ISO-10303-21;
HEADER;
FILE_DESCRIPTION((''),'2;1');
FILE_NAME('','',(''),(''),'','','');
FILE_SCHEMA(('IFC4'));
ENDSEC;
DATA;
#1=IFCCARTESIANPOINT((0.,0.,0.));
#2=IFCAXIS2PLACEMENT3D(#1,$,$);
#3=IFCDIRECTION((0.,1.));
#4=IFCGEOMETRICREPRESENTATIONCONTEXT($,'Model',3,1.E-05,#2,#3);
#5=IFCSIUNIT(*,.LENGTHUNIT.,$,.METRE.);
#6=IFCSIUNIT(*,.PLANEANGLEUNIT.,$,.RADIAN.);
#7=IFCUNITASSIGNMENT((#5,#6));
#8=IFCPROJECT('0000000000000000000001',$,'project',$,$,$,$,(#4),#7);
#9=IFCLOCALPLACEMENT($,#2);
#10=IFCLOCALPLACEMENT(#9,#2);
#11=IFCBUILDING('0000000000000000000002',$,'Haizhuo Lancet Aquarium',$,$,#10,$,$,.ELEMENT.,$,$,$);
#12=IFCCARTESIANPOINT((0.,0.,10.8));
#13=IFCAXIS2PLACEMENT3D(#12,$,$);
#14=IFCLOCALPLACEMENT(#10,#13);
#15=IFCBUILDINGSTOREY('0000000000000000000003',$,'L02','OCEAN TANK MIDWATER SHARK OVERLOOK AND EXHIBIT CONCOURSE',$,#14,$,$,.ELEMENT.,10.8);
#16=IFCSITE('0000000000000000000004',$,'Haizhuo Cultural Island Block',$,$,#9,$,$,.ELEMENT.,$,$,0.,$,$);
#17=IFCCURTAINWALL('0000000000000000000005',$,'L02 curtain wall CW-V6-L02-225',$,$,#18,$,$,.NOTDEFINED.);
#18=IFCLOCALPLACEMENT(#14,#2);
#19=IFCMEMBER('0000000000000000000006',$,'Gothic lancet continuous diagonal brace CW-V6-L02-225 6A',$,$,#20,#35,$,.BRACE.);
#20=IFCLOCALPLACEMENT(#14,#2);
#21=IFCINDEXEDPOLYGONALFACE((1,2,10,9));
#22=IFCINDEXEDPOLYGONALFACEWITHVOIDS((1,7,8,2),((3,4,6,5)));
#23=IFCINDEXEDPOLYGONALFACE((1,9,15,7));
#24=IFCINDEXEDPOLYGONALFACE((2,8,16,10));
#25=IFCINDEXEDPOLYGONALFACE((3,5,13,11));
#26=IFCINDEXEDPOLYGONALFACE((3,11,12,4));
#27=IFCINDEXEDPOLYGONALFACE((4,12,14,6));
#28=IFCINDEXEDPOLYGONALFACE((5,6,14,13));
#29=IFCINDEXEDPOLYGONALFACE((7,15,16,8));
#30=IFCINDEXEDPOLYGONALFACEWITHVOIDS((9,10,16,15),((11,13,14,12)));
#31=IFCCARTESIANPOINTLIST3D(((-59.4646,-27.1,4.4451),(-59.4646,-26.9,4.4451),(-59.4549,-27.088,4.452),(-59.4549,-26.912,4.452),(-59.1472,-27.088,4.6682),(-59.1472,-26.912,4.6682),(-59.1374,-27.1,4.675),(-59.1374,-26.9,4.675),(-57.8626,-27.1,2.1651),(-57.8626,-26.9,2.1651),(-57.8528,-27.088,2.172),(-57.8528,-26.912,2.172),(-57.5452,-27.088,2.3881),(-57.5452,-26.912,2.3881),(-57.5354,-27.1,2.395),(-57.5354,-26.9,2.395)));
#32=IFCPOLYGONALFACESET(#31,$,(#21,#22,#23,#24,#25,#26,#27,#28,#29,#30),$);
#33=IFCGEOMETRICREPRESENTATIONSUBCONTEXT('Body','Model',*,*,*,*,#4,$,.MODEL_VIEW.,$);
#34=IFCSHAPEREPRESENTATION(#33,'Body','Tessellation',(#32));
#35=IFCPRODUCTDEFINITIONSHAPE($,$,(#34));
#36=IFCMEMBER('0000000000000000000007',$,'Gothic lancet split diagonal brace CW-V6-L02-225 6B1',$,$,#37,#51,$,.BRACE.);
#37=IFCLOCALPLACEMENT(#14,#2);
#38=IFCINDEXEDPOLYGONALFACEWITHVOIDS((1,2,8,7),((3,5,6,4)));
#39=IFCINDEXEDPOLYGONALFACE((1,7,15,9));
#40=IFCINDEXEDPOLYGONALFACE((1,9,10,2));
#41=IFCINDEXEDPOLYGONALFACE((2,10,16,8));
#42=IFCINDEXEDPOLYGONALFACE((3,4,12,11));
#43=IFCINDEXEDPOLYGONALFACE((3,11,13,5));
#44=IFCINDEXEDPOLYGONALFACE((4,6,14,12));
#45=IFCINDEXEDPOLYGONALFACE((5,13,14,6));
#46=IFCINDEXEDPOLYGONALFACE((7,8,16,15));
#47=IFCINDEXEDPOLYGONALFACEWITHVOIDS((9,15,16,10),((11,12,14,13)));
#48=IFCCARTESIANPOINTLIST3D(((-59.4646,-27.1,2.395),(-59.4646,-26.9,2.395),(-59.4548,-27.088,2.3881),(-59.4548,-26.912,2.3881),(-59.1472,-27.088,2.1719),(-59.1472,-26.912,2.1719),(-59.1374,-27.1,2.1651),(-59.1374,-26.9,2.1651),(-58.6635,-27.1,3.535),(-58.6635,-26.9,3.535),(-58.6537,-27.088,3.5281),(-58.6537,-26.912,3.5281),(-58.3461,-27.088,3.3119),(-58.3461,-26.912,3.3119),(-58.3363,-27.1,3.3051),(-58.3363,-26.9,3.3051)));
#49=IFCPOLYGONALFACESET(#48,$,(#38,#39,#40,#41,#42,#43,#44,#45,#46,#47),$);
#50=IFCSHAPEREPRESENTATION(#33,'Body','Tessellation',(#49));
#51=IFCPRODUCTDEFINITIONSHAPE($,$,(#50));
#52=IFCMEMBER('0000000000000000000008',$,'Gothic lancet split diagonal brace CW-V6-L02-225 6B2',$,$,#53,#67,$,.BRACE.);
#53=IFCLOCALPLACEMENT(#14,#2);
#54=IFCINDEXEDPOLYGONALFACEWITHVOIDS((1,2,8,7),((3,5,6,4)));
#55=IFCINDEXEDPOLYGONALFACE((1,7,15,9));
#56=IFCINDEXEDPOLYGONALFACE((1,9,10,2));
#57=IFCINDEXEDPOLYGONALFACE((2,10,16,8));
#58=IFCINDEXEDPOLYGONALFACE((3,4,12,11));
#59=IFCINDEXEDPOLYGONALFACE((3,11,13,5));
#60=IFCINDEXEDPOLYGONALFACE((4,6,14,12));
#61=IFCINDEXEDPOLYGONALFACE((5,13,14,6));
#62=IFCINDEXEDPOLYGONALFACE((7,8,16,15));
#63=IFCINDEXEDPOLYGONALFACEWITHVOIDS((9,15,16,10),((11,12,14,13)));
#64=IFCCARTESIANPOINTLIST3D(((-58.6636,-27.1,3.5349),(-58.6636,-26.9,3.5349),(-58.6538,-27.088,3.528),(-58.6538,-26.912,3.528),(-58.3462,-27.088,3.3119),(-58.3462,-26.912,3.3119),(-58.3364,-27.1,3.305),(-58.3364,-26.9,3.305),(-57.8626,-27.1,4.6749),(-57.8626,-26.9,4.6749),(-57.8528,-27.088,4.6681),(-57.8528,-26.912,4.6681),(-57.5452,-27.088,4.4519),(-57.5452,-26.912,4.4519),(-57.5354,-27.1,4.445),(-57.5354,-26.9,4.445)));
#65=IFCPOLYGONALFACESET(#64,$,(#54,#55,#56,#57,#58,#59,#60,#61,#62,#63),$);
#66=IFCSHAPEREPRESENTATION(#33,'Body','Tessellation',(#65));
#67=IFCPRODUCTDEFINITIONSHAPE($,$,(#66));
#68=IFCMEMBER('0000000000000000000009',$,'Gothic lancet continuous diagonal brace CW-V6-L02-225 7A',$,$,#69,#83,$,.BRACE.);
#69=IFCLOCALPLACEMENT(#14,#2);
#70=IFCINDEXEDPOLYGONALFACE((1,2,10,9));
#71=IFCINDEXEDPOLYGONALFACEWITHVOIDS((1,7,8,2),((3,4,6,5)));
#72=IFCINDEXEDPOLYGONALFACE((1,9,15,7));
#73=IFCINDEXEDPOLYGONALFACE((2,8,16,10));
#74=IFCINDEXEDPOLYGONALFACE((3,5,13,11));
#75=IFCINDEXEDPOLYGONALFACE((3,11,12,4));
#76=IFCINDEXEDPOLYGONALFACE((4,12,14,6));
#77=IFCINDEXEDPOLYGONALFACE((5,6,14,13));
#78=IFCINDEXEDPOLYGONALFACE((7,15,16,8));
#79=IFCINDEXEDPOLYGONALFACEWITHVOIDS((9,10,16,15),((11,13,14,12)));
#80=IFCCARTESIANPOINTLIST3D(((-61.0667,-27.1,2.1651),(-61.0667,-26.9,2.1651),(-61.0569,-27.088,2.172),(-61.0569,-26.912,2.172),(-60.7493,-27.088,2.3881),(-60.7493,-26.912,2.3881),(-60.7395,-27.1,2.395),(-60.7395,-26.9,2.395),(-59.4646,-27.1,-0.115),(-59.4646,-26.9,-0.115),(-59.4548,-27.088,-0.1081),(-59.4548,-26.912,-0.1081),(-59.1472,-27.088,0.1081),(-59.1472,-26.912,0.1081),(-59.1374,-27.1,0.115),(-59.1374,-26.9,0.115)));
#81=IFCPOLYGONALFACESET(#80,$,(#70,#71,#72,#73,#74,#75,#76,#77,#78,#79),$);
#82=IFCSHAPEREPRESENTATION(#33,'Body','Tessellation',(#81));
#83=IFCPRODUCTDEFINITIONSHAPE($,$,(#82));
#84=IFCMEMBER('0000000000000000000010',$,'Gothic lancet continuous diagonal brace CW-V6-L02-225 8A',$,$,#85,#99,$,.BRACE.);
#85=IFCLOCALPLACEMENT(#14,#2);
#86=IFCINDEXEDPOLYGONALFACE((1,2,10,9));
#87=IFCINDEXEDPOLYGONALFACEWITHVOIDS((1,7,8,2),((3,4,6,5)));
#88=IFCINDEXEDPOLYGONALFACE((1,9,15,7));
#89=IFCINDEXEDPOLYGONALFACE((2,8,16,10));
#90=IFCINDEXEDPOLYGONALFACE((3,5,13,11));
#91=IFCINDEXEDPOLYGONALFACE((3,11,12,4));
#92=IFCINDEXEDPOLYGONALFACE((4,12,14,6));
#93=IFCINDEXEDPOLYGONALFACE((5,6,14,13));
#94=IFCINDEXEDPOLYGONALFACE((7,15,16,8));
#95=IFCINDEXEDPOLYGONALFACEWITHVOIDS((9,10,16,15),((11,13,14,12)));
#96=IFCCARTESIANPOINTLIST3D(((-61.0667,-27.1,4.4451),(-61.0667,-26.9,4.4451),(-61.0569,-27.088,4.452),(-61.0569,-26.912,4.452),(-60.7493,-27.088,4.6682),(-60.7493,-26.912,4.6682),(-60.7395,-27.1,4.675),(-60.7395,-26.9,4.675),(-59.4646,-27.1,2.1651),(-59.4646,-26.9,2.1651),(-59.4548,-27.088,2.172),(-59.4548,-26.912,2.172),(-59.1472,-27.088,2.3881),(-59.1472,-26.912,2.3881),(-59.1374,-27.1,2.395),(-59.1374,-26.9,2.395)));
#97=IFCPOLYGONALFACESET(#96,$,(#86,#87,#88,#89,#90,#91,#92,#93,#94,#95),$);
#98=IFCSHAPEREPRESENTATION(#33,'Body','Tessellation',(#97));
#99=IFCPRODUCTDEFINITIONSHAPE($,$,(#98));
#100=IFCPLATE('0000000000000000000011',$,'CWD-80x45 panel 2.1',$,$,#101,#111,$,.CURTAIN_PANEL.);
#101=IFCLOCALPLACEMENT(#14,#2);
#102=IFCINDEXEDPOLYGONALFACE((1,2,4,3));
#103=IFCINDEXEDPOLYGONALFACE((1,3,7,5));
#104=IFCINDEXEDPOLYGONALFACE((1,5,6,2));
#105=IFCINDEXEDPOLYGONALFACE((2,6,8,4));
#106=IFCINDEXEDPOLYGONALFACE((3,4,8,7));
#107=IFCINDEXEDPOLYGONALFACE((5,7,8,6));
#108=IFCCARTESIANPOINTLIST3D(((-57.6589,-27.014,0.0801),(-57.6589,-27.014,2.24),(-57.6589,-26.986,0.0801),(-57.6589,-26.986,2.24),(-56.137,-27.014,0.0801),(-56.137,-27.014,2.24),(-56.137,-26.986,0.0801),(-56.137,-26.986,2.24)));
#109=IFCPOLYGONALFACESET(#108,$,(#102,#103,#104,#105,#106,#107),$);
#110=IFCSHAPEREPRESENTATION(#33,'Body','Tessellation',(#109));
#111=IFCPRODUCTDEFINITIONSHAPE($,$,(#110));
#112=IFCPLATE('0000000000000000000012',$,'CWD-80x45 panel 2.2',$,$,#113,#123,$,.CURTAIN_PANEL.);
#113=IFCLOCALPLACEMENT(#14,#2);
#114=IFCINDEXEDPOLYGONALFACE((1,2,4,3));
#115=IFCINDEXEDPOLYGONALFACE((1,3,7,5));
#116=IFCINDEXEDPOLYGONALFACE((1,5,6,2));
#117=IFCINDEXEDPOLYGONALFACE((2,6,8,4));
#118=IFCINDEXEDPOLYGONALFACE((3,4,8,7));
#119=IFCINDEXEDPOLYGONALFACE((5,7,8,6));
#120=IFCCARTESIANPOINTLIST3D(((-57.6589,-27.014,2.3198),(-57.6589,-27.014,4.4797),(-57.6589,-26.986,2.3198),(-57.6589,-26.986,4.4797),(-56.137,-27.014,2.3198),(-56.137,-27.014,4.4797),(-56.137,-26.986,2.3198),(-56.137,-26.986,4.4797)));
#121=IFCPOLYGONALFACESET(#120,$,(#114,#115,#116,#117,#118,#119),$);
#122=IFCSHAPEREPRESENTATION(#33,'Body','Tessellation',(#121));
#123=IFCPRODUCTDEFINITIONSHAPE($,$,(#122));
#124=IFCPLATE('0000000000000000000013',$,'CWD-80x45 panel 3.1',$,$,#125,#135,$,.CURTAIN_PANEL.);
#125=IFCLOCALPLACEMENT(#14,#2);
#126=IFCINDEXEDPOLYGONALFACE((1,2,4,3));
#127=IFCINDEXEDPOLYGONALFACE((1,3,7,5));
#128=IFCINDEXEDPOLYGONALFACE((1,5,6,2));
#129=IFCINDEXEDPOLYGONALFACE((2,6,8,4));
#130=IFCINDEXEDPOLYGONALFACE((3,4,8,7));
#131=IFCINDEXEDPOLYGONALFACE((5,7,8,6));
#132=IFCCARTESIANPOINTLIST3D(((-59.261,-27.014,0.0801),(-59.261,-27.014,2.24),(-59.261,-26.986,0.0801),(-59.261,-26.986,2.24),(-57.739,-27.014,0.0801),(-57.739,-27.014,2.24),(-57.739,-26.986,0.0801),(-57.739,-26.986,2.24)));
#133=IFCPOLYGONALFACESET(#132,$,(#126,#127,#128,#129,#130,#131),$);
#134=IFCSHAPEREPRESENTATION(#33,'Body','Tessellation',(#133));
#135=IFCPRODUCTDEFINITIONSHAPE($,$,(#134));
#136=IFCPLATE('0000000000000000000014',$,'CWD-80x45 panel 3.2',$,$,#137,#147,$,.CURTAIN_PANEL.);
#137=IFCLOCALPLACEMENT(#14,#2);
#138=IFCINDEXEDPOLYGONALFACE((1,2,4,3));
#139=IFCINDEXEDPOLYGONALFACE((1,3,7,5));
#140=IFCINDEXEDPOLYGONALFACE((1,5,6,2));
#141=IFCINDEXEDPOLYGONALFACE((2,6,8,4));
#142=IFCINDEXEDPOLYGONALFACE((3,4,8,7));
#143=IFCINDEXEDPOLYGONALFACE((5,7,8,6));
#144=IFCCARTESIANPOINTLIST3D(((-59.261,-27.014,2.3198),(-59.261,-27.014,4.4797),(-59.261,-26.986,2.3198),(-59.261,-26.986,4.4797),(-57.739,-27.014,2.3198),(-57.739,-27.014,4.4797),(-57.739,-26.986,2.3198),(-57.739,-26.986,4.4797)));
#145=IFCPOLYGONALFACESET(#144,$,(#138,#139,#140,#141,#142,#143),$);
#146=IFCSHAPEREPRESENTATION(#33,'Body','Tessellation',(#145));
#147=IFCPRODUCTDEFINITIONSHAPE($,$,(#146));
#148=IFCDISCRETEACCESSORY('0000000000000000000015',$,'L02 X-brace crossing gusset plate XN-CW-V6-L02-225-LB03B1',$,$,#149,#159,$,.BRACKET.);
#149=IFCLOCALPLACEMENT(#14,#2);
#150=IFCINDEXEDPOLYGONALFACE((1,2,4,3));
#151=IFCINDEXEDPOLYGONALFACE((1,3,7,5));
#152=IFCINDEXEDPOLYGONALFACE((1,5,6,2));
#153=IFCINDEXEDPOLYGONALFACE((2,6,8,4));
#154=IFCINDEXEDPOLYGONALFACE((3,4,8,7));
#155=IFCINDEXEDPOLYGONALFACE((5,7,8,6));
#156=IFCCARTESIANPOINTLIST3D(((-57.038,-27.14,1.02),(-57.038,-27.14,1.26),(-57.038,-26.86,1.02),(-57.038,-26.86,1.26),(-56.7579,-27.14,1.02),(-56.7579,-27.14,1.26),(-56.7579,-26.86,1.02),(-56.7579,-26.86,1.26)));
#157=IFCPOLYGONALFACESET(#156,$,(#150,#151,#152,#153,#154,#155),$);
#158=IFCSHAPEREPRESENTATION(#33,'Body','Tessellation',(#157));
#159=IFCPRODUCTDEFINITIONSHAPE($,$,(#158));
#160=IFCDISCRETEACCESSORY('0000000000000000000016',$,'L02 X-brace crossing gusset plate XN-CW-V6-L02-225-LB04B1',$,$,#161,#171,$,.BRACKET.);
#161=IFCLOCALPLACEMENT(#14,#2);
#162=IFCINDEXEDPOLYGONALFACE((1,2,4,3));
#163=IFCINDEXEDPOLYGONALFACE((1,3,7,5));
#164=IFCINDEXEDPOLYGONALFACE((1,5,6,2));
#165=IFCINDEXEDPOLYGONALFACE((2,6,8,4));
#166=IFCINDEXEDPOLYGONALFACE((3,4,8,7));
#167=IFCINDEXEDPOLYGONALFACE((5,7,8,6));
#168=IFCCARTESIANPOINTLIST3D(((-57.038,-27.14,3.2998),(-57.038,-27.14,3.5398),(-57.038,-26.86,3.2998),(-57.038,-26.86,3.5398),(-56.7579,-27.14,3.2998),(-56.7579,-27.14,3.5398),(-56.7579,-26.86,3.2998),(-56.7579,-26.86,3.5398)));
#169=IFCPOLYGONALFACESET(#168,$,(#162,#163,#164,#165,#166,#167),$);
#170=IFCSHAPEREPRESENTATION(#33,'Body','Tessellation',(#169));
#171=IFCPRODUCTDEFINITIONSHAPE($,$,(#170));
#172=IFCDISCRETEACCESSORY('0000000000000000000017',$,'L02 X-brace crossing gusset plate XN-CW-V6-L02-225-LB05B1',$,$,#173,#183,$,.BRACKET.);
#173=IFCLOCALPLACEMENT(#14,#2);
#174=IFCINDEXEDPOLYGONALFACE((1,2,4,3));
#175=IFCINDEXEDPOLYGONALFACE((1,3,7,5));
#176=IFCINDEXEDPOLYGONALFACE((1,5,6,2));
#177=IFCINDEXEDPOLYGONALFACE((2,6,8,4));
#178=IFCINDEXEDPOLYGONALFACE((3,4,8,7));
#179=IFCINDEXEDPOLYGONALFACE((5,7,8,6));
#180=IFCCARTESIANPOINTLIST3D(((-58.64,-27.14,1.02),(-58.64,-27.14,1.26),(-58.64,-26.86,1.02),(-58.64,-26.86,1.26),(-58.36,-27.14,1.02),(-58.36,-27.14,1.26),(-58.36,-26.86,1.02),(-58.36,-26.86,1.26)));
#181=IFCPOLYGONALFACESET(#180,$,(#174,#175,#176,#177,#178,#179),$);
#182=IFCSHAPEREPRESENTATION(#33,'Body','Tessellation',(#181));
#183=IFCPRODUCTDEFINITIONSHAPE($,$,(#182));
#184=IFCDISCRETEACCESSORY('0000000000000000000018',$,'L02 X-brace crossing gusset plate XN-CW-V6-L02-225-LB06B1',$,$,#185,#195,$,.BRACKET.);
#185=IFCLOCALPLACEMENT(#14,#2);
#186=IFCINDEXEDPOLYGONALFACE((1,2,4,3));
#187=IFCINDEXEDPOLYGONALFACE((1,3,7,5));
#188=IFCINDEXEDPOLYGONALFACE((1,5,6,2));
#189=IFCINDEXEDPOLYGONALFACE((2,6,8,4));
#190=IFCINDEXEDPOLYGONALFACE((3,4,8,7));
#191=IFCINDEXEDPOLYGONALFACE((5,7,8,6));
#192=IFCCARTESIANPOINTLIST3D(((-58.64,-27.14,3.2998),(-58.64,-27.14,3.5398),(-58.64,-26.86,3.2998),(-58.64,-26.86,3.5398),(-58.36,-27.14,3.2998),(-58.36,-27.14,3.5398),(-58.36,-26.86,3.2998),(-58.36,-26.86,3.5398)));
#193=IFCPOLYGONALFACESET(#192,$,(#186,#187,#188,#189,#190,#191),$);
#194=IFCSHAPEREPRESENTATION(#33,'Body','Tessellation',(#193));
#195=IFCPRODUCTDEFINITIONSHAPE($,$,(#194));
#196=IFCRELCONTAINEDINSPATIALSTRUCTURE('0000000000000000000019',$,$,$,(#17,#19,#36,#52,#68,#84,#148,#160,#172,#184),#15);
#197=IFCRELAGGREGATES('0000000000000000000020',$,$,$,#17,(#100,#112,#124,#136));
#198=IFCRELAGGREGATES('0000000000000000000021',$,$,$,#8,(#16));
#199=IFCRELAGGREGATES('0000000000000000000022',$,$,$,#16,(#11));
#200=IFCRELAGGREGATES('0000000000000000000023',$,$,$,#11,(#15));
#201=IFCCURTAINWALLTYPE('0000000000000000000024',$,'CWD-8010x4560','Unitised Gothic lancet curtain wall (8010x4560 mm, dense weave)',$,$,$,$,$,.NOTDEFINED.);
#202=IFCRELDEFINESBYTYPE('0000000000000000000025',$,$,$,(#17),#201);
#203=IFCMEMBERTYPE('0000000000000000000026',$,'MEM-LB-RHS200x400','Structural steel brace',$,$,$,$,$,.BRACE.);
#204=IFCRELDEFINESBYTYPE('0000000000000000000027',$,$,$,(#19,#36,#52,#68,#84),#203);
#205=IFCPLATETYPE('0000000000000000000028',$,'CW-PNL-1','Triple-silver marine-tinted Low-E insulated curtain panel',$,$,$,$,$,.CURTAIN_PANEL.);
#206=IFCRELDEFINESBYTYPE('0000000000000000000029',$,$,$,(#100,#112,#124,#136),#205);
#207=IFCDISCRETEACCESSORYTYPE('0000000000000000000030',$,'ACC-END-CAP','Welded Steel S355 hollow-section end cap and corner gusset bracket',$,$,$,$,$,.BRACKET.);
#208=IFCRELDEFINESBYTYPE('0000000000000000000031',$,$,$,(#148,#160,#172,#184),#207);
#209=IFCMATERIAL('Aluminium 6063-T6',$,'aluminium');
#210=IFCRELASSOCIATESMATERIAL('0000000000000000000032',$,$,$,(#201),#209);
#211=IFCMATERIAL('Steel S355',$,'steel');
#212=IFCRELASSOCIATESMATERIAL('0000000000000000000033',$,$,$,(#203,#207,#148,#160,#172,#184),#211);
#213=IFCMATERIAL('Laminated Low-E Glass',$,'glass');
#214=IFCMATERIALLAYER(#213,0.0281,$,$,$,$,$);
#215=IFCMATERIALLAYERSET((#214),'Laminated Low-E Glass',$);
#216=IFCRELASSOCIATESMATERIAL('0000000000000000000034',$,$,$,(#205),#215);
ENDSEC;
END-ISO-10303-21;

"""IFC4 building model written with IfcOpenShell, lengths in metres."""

from ifc_helpers import new_model, si_unit, direction, frame, origin, origin_2d, place, context, subcontext, project, spatial, rectangle, hollow_rectangle, extrude, material, layer, layer_set, material_profile, profile_set, type_object, element, aggregate, save


model = new_model("IFC4")

# Units and contexts
model_context = context("Model", 3, precision=1e-05, world=origin(), true_north=direction((0.0, 1.0)))
body_context = subcontext(model_context, "Body", "Model", "MODEL_VIEW")
ifc_project = project(units=[si_unit("LENGTHUNIT", "METRE"), si_unit("PLANEANGLEUNIT", "RADIAN")], contexts=[model_context])

# Site, building, storey
site_placement = place(None, origin())
site = spatial("IfcSite", under=ifc_project, at=site_placement, Name="Haizhuo Cultural Island Block", CompositionType="ELEMENT", RefElevation=0.0)
building_placement = place(site_placement, origin())
building = spatial("IfcBuilding", under=site, at=building_placement, Name="Haizhuo Lancet Aquarium", CompositionType="ELEMENT")
storey_placement = place(building_placement, frame((0.0, 0.0, 10.8)))
storey = spatial("IfcBuildingStorey", under=building, at=storey_placement, Name="L02", Description="OCEAN TANK MIDWATER SHARK OVERLOOK AND EXHIBIT CONCOURSE", CompositionType="ELEMENT", Elevation=10.8)

# Curtain wall
ifc_material_1 = material(Name="Aluminium 6063-T6", Category="aluminium")
curtain_wall_type = type_object("IfcCurtainWallType", Name="CWD-8010x4560", Description="Unitised Gothic lancet curtain wall (8010x4560 mm, dense weave)", PredefinedType="NOTDEFINED", material=ifc_material_1)
curtain_wall_placement = place(storey_placement, origin())
curtain_wall = element("IfcCurtainWall", 1, at=curtain_wall_placement, inside=storey, type_object=curtain_wall_type, Name="L02 curtain wall CW-V6-L02-225", PredefinedType="NOTDEFINED")

# Members
ifc_material_2 = material(Name="Steel S355", Category="steel")
ifc_material_profile_1 = material_profile(ifc_material_2, hollow_rectangle(XDim=0.2, YDim=0.3999, WallThickness=0.012, at=origin_2d()), Name="RHS 200x400x12")
ifc_profile_set_1 = profile_set([ifc_material_profile_1], Name="Steel S355")
member_type_1 = type_object("IfcMemberType", Name="MEM-LB-RHS200x400", Description="Structural steel brace", PredefinedType="BRACE", material=ifc_profile_set_1)
member_1_placement = place(storey_placement, frame((-57.699, -27.0, 2.28), z_axis=(-0.574914, 0.0, 0.818214), x_axis=(0.0, -1.0, 0.0)))
element("IfcMember", 2, at=member_1_placement, inside=storey, type_object=member_type_1, Name="Gothic lancet continuous diagonal brace CW-V6-L02-225 6A", PredefinedType="BRACE", context=body_context, shape_type="SweptSolid", body=[
    extrude(hollow_rectangle(XDim=0.2, YDim=0.3999, WallThickness=0.012, at=origin_2d()), origin(), (0.0, 0.0, 1.0), 2.7866),
])
for number, where, z_axis, x_axis, name in (
    (3, (-59.301, -27.0, 2.28), (0.574955, 0.0, 0.818185), (0.0, 1.0, 0.0), "Gothic lancet split diagonal brace CW-V6-L02-225 6B1"),
    (4, (-58.5, -27.0, 3.4199), (0.574873, 0.0, 0.818243), (0.0, 1.0, 0.0), "Gothic lancet split diagonal brace CW-V6-L02-225 6B2"),
):
    element("IfcMember", number, at=place(storey_placement, frame(where, z_axis=z_axis, x_axis=x_axis)), inside=storey, type_object=member_type_1, Name=name, PredefinedType="BRACE", context=body_context, shape_type="SweptSolid", body=[
        extrude(hollow_rectangle(XDim=0.2, YDim=0.3999, WallThickness=0.012, at=origin_2d()), origin(), (0.0, 0.0, 1.0), 1.3933),
    ])
for number, where, z_axis, x_axis, name in (
    (5, (-59.301, -27.0, 0.0), (-0.574914, 0.0, 0.818214), (0.0, -1.0, 0.0), "Gothic lancet continuous diagonal brace CW-V6-L02-225 7A"),
    (6, (-59.301, -27.0, 2.28), (-0.574914, 0.0, 0.818214), (0.0, -1.0, 0.0), "Gothic lancet continuous diagonal brace CW-V6-L02-225 8A"),
):
    element("IfcMember", number, at=place(storey_placement, frame(where, z_axis=z_axis, x_axis=x_axis)), inside=storey, type_object=member_type_1, Name=name, PredefinedType="BRACE", context=body_context, shape_type="SweptSolid", body=[
        extrude(hollow_rectangle(XDim=0.2, YDim=0.3999, WallThickness=0.012, at=origin_2d()), origin(), (0.0, 0.0, 1.0), 2.7866),
    ])

# Plates
ifc_material_3 = material(Name="Laminated Low-E Glass", Category="glass")
ifc_layer = layer(ifc_material_3, 0.0281)
ifc_layer_set = layer_set([ifc_layer], Name="Laminated Low-E Glass")
plate_type = type_object("IfcPlateType", Name="CW-PNL-1", Description="Triple-silver marine-tinted Low-E insulated curtain panel", PredefinedType="CURTAIN_PANEL", material=ifc_layer_set)
plate_1_placement = place(storey_placement, frame((-56.8979, -27.0, 0.0801), z_axis=(0.0, 0.0, 1.0), x_axis=(-1.0, 0.0, 0.0)))
plate_1 = element("IfcPlate", 7, at=plate_1_placement, type_object=plate_type, Name="CWD-80x45 panel 2.1", PredefinedType="CURTAIN_PANEL", context=body_context, shape_type="SweptSolid", body=[
    extrude(rectangle(XDim=1.522, YDim=0.0281, at=origin_2d()), origin(), (0.0, 0.0, 1.0), 2.1599),
])
plate_2_placement = place(storey_placement, frame((-56.8979, -27.0, 2.3198), z_axis=(0.0, 0.0, 1.0), x_axis=(-1.0, 0.0, 0.0)))
plate_2 = element("IfcPlate", 8, at=plate_2_placement, type_object=plate_type, Name="CWD-80x45 panel 2.2", PredefinedType="CURTAIN_PANEL", context=body_context, shape_type="SweptSolid", body=[
    extrude(rectangle(XDim=1.522, YDim=0.0281, at=origin_2d()), origin(), (0.0, 0.0, 1.0), 2.1599),
])
plate_3_placement = place(storey_placement, frame((-58.5, -27.0, 0.0801), z_axis=(0.0, 0.0, 1.0), x_axis=(-1.0, 0.0, 0.0)))
plate_3 = element("IfcPlate", 9, at=plate_3_placement, type_object=plate_type, Name="CWD-80x45 panel 3.1", PredefinedType="CURTAIN_PANEL", context=body_context, shape_type="SweptSolid", body=[
    extrude(rectangle(XDim=1.522, YDim=0.0281, at=origin_2d()), origin(), (0.0, 0.0, 1.0), 2.1599),
])
plate_4_placement = place(storey_placement, frame((-58.5, -27.0, 2.3198), z_axis=(0.0, 0.0, 1.0), x_axis=(-1.0, 0.0, 0.0)))
plate_4 = element("IfcPlate", 10, at=plate_4_placement, type_object=plate_type, Name="CWD-80x45 panel 3.2", PredefinedType="CURTAIN_PANEL", context=body_context, shape_type="SweptSolid", body=[
    extrude(rectangle(XDim=1.522, YDim=0.0281, at=origin_2d()), origin(), (0.0, 0.0, 1.0), 2.1599),
])
aggregate(curtain_wall, [plate_1, plate_2, plate_3, plate_4])

# Discrete accessories
discrete_accessory_type = type_object("IfcDiscreteAccessoryType", Name="ACC-END-CAP", Description="Welded Steel S355 hollow-section end cap and corner gusset bracket", PredefinedType="BRACKET", material=ifc_material_2)
for number, where, z_axis, x_axis, name in (
    (11, (-56.8979, -27.0, 1.02), (0.0, 0.0, 1.0), (1.0, 0.0, 0.0), "L02 X-brace crossing gusset plate XN-CW-V6-L02-225-LB03B1"),
    (12, (-56.8979, -27.0, 3.2998), (0.0, 0.0, 1.0), (1.0, 0.0, 0.0), "L02 X-brace crossing gusset plate XN-CW-V6-L02-225-LB04B1"),
    (13, (-58.5, -27.0, 1.02), (0.0, 0.0, 1.0), (1.0, 0.0, 0.0), "L02 X-brace crossing gusset plate XN-CW-V6-L02-225-LB05B1"),
    (14, (-58.5, -27.0, 3.2998), (0.0, 0.0, 1.0), (1.0, 0.0, 0.0), "L02 X-brace crossing gusset plate XN-CW-V6-L02-225-LB06B1"),
):
    element("IfcDiscreteAccessory", number, at=place(storey_placement, frame(where, z_axis=z_axis, x_axis=x_axis)), inside=storey, type_object=discrete_accessory_type, material=ifc_material_2, Name=name, PredefinedType="BRACKET", context=body_context, shape_type="SweptSolid", body=[
        extrude(rectangle(XDim=0.28, YDim=0.28, at=origin_2d()), origin(), (0.0, 0.0, 1.0), 0.24),
    ])

save(model, "model.ifc")
